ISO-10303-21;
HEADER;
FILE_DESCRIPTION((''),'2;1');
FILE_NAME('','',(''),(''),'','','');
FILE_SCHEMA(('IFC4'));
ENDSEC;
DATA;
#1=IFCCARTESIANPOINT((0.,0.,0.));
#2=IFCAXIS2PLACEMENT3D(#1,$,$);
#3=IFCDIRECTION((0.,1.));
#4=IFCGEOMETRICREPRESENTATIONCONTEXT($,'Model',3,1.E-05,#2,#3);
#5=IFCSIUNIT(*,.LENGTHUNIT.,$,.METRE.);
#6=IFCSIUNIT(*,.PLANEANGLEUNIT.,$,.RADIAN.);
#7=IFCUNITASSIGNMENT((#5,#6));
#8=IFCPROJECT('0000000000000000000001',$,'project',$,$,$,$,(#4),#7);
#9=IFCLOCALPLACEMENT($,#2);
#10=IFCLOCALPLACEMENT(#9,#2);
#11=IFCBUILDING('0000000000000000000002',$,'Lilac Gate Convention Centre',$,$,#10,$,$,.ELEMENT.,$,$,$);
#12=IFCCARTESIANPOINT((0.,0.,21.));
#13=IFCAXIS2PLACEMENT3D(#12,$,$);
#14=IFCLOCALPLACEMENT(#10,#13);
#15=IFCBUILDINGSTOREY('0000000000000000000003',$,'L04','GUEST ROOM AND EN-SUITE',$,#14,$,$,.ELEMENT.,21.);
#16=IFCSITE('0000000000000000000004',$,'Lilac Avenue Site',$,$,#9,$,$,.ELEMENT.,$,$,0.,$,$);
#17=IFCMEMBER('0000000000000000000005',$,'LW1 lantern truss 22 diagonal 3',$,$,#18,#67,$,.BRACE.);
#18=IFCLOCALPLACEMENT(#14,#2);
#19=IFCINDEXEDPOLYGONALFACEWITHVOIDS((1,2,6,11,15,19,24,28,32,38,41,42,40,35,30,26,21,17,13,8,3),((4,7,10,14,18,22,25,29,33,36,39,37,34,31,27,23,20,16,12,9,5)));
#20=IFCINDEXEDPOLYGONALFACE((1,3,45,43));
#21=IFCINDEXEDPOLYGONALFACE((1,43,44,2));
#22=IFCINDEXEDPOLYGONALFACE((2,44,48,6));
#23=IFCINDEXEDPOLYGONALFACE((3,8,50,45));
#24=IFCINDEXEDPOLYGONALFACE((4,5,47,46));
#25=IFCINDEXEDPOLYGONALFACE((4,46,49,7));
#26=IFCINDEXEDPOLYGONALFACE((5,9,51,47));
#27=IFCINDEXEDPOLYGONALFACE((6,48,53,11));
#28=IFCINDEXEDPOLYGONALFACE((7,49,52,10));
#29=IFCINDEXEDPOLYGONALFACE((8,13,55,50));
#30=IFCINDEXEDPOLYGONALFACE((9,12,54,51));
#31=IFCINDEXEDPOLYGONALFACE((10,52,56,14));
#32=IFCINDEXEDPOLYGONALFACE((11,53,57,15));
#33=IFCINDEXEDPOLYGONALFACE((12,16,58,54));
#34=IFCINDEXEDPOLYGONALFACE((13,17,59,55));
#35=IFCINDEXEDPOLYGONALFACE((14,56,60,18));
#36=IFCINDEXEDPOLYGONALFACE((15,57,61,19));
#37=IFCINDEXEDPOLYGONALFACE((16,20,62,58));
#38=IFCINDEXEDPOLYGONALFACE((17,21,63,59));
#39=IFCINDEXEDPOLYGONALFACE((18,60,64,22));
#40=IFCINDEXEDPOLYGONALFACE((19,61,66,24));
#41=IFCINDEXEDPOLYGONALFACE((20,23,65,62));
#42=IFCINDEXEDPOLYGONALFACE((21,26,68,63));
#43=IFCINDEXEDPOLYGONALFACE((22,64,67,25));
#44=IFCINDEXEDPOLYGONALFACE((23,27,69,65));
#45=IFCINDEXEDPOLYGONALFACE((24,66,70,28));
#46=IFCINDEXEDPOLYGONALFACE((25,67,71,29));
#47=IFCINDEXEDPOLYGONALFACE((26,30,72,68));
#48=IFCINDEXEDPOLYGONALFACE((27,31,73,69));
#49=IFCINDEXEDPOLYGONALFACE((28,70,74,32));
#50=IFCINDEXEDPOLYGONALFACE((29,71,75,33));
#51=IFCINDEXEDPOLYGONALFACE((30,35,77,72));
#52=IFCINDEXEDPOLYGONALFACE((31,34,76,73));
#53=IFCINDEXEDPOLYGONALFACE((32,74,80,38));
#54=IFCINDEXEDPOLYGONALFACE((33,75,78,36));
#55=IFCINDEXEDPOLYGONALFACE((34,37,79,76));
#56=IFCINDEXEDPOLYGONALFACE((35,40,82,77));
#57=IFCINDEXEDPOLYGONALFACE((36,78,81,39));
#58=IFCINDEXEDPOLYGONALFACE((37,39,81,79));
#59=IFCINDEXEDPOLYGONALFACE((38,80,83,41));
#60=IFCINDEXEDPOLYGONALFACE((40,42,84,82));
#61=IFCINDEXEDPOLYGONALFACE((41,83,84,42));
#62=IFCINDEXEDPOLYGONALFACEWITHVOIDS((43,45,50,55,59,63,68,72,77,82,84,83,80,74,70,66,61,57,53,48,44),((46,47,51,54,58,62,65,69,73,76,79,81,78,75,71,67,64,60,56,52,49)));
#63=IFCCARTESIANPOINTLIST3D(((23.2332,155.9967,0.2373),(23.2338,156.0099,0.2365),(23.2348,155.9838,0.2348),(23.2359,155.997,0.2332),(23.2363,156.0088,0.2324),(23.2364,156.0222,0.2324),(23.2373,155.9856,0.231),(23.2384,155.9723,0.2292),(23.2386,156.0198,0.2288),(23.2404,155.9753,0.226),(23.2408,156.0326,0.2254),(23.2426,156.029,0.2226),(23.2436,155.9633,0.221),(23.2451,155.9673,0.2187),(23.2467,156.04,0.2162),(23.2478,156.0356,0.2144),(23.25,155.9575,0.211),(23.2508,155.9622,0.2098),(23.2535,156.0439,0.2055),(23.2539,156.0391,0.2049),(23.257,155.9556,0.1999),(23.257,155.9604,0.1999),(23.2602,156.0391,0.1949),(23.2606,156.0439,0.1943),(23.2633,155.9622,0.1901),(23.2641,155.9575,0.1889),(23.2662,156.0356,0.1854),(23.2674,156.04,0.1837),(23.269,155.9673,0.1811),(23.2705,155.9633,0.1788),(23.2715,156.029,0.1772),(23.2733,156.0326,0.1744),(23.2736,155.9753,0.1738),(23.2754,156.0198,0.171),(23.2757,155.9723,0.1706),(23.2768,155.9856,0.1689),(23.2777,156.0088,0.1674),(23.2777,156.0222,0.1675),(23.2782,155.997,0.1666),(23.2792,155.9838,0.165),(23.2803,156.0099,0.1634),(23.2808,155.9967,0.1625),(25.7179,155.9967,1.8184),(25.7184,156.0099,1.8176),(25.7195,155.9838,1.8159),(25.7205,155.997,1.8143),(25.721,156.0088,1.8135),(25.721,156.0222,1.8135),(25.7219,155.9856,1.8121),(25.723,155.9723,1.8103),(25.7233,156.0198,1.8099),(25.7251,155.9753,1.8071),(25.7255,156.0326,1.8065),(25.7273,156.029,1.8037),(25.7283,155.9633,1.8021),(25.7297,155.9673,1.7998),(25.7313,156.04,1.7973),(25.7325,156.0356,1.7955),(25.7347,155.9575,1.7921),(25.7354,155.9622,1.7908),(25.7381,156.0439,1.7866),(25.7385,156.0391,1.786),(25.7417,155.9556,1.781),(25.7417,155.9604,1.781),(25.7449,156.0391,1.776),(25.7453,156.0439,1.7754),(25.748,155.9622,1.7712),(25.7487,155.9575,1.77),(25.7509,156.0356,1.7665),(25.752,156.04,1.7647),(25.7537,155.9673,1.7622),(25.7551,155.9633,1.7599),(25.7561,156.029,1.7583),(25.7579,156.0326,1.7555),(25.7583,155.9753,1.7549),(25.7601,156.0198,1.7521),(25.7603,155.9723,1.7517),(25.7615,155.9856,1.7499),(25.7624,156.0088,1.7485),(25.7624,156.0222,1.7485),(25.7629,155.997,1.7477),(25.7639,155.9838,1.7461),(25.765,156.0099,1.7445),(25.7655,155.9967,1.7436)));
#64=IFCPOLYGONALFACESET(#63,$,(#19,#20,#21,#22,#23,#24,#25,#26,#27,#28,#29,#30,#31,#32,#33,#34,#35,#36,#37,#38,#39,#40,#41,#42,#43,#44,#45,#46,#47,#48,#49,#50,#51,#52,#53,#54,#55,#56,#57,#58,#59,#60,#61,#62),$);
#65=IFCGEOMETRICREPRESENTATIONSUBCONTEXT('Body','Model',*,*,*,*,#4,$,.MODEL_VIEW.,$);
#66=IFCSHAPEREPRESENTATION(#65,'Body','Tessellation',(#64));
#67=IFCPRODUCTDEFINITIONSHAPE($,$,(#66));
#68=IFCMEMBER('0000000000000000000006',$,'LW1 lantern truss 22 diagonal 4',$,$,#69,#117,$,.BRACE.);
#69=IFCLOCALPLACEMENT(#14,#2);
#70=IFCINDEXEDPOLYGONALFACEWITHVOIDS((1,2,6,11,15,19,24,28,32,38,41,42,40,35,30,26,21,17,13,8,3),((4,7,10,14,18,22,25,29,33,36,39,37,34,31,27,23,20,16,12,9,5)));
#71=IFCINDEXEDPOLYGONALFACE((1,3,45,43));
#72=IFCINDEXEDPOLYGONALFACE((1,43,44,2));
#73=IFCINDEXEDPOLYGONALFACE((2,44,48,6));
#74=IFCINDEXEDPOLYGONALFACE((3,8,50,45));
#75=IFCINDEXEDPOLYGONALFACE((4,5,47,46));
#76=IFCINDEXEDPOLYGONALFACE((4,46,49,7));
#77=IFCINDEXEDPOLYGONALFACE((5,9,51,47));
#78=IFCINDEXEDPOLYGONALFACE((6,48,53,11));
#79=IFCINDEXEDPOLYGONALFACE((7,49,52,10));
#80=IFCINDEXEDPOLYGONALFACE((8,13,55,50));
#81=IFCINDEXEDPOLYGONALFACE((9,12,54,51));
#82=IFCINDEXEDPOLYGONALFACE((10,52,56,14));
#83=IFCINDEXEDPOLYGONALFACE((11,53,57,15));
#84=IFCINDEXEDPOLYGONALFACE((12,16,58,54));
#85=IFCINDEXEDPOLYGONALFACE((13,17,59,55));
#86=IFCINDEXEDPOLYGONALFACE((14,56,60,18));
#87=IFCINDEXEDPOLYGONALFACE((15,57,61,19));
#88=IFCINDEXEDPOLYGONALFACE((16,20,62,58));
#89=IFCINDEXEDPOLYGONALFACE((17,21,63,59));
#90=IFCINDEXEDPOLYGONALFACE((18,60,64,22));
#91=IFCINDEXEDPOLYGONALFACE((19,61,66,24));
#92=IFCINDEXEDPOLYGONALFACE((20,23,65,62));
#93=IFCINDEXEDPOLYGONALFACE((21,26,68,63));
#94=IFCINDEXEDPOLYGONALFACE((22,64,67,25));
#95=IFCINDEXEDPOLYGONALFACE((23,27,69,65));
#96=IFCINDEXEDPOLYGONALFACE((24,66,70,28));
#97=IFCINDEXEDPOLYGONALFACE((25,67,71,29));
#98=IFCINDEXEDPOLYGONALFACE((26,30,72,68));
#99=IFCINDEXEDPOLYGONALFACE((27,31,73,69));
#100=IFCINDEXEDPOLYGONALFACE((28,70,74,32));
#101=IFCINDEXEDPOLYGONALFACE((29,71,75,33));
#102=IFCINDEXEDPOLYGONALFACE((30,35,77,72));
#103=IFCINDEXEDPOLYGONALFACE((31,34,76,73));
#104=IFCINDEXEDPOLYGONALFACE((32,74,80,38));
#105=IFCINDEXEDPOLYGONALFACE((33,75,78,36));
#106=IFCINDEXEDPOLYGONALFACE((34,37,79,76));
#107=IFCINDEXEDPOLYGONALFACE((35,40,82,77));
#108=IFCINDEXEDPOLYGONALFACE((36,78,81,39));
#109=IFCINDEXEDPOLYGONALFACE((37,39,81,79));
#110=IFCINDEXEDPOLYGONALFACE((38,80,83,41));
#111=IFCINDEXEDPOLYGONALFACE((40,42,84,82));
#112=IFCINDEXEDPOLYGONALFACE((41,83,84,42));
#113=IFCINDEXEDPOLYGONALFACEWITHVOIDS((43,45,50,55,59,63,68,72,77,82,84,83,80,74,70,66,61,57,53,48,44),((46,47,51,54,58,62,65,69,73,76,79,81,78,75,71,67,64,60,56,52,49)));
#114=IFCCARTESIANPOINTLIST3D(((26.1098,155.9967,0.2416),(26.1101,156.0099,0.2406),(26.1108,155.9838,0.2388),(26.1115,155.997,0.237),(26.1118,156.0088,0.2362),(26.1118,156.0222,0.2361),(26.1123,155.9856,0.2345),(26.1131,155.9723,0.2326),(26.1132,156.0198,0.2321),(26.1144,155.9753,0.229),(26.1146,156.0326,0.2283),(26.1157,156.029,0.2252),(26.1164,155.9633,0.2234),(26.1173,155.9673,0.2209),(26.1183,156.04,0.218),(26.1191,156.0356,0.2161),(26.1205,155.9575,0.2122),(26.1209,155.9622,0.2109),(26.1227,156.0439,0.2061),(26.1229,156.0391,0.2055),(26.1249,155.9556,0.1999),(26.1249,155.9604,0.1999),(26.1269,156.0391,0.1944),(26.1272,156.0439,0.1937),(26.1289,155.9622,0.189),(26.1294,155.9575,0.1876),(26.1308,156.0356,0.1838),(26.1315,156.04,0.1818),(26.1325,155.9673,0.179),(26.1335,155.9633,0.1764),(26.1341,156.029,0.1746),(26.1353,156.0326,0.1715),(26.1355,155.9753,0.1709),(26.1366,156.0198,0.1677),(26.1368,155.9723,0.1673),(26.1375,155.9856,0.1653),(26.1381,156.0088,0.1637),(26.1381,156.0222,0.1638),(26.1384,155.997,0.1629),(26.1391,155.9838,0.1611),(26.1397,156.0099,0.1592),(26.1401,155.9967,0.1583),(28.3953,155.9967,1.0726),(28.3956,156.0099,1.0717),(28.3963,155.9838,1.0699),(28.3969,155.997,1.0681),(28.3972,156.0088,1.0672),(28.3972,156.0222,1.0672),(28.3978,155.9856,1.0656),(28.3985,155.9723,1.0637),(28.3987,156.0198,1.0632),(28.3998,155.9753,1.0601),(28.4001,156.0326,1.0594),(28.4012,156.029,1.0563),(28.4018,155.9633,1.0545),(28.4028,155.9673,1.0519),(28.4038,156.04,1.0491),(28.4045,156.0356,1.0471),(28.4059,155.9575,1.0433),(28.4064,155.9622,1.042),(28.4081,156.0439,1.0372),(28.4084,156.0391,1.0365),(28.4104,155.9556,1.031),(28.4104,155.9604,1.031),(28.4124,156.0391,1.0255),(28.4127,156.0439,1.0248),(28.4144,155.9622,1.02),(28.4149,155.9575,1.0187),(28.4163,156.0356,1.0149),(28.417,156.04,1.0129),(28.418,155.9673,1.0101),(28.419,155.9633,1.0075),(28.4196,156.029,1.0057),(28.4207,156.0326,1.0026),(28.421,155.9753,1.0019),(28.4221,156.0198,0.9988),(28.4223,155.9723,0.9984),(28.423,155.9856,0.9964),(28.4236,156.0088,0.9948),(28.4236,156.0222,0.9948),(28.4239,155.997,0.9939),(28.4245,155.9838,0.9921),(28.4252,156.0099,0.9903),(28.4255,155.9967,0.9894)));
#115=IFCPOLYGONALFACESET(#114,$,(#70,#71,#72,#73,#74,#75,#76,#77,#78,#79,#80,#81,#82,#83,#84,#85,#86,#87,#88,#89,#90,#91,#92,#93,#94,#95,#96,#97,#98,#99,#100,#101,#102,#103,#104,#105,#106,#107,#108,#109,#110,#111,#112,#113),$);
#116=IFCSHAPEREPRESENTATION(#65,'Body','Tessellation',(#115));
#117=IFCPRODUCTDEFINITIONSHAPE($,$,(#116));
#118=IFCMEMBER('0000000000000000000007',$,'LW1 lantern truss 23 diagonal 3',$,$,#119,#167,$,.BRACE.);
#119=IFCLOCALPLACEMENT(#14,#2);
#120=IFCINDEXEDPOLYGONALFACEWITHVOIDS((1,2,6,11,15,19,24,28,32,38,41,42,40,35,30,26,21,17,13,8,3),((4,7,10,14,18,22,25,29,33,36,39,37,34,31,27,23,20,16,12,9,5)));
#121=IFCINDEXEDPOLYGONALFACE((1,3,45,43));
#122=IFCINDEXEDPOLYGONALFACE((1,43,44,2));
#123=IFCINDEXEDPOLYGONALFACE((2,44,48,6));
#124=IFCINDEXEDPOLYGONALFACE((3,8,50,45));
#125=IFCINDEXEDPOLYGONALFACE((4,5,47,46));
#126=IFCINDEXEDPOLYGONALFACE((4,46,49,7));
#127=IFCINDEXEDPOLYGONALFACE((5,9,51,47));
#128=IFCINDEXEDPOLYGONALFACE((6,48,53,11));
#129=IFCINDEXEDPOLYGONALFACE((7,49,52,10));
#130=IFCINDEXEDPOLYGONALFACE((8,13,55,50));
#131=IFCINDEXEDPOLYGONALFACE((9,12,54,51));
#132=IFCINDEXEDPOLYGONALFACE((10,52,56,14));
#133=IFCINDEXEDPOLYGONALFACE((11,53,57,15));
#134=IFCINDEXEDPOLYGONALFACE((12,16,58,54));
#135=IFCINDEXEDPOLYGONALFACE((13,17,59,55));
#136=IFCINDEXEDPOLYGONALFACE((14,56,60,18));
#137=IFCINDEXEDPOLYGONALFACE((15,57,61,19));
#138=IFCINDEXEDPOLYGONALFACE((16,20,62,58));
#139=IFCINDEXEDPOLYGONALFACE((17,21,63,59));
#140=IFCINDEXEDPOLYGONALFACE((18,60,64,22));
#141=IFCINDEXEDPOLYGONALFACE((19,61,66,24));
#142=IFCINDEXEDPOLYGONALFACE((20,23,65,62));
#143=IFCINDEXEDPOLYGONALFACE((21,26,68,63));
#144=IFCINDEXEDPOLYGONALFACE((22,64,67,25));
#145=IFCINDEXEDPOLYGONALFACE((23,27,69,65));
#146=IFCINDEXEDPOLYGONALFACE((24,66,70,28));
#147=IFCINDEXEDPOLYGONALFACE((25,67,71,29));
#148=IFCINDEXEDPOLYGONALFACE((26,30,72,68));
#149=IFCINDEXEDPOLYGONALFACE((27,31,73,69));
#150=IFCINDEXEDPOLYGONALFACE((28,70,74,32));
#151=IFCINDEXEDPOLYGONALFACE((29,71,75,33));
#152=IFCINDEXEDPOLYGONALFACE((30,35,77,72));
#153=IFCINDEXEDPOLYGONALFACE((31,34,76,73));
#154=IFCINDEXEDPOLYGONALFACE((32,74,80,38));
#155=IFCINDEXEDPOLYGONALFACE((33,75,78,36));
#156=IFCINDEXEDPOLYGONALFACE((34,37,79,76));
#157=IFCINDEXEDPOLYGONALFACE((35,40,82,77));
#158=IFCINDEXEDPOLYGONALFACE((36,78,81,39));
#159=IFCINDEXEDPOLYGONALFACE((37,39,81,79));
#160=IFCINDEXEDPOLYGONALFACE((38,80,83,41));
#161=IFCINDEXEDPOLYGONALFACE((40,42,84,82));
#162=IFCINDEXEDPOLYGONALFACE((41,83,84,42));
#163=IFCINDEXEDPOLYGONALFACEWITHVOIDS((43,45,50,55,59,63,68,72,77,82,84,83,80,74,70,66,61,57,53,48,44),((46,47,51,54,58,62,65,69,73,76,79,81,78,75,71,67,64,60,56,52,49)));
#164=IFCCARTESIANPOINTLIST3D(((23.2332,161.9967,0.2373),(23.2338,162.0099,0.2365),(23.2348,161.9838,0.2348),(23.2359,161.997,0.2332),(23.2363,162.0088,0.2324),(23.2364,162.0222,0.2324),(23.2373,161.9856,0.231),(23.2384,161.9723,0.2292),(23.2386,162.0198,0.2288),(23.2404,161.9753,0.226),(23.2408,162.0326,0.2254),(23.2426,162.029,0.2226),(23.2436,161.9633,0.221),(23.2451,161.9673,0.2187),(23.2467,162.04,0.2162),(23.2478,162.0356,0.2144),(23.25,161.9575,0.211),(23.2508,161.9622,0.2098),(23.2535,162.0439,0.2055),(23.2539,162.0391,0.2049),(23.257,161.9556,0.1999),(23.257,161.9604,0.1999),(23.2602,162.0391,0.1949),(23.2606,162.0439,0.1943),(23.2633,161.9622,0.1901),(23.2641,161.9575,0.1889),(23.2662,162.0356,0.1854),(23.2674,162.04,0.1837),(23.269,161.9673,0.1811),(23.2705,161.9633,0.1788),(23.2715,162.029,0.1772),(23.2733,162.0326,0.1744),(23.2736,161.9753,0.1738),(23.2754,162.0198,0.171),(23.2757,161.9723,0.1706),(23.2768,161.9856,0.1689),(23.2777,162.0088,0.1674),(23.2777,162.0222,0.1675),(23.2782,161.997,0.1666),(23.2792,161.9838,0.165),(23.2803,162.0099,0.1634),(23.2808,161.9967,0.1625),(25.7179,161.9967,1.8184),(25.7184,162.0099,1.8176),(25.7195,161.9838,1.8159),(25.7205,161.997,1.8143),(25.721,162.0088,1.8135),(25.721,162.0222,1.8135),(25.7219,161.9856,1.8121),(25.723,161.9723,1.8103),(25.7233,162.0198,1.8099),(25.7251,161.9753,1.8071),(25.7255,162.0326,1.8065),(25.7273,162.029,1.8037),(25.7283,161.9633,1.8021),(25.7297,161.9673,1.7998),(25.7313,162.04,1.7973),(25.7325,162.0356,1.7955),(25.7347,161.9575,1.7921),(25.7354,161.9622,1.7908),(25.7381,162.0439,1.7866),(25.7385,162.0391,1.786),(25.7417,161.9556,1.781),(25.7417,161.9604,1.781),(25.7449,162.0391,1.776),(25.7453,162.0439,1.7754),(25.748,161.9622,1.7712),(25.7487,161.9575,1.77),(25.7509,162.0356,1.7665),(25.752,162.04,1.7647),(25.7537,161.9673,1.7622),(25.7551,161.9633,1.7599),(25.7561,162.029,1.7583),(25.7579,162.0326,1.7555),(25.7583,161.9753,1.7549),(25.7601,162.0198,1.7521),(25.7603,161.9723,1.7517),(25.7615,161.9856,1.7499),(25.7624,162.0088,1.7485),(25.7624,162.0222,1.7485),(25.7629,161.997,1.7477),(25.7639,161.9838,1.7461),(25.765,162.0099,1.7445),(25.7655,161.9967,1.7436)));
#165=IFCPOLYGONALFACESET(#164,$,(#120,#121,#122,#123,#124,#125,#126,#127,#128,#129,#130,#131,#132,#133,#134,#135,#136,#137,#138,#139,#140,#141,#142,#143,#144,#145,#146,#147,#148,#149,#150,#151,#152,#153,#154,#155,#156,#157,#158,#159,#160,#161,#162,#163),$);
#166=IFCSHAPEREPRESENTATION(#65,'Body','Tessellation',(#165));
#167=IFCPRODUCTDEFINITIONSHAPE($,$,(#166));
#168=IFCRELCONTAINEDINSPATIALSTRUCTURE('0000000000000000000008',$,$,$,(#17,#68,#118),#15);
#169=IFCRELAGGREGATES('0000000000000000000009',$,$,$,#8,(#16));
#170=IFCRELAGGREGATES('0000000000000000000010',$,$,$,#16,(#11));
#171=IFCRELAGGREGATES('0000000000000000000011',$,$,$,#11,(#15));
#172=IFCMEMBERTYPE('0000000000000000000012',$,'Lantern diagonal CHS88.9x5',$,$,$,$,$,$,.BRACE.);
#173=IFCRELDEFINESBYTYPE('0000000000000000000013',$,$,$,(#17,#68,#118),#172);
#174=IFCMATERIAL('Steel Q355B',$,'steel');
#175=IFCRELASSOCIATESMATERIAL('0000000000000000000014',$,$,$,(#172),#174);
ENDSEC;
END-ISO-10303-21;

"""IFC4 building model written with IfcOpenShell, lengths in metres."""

from ifc_helpers import new_model, si_unit, direction, frame, origin, origin_2d, place, context, subcontext, project, spatial, hollow_circle, extrude, material, material_profile, profile_set, type_object, element, save


model = new_model("IFC4")

# Units and contexts
model_context = context("Model", 3, precision=1e-05, world=origin(), true_north=direction((0.0, 1.0)))
body_context = subcontext(model_context, "Body", "Model", "MODEL_VIEW")
ifc_project = project(units=[si_unit("LENGTHUNIT", "METRE"), si_unit("PLANEANGLEUNIT", "RADIAN")], contexts=[model_context])

# Site, building, storey
site_placement = place(None, origin())
site = spatial("IfcSite", under=ifc_project, at=site_placement, Name="Lilac Avenue Site", CompositionType="ELEMENT", RefElevation=0.0)
building_placement = place(site_placement, origin())
building = spatial("IfcBuilding", under=site, at=building_placement, Name="Lilac Gate Convention Centre", CompositionType="ELEMENT")
storey_placement = place(building_placement, frame((0.0, 0.0, 21.0)))
storey = spatial("IfcBuildingStorey", under=building, at=storey_placement, Name="L04", Description="GUEST ROOM AND EN-SUITE", CompositionType="ELEMENT", Elevation=21.0)

# Members
ifc_material_1 = material(Name="Steel Q355B", Category="steel")
ifc_material_profile_1 = material_profile(ifc_material_1, hollow_circle(Radius=0.0444, WallThickness=0.0049, at=origin_2d()), Name="CHS88.9x5")
ifc_profile_set_1 = profile_set([ifc_material_profile_1], Name="Steel Q355B")
member_type_1 = type_object("IfcMemberType", Name="Lantern diagonal CHS88.9x5", PredefinedType="BRACE", material=ifc_profile_set_1)
member_1_placement = place(storey_placement, frame((25.7417, 156.0, 1.781), z_axis=(-0.843672, 0.0, -0.536859), x_axis=(0.0, -1.0, 0.0)))
element("IfcMember", 1, at=member_1_placement, inside=storey, type_object=member_type_1, Name="LW1 lantern truss 22 diagonal 3", PredefinedType="BRACE", context=body_context, shape_type="SweptSolid", body=[
    extrude(hollow_circle(Radius=0.0444, WallThickness=0.0049, at=origin_2d()), origin(), (0.0, 0.0, 1.0), 2.9451),
])
member_2_placement = place(storey_placement, frame((28.4104, 156.0, 1.031), z_axis=(-0.939793, 0.0, -0.341743), x_axis=(0.0, -1.0, 0.0)))
element("IfcMember", 2, at=member_2_placement, inside=storey, type_object=member_type_1, Name="LW1 lantern truss 22 diagonal 4", PredefinedType="BRACE", context=body_context, shape_type="SweptSolid", body=[
    extrude(hollow_circle(Radius=0.0444, WallThickness=0.0049, at=origin_2d()), origin(), (0.0, 0.0, 1.0), 2.4319),
])
member_3_placement = place(storey_placement, frame((25.7417, 162.0, 1.781), z_axis=(-0.843672, 0.0, -0.536859), x_axis=(0.0, -1.0, 0.0)))
element("IfcMember", 3, at=member_3_placement, inside=storey, type_object=member_type_1, Name="LW1 lantern truss 23 diagonal 3", PredefinedType="BRACE", context=body_context, shape_type="SweptSolid", body=[
    extrude(hollow_circle(Radius=0.0444, WallThickness=0.0049, at=origin_2d()), origin(), (0.0, 0.0, 1.0), 2.9451),
])

save(model, "model.ifc")
